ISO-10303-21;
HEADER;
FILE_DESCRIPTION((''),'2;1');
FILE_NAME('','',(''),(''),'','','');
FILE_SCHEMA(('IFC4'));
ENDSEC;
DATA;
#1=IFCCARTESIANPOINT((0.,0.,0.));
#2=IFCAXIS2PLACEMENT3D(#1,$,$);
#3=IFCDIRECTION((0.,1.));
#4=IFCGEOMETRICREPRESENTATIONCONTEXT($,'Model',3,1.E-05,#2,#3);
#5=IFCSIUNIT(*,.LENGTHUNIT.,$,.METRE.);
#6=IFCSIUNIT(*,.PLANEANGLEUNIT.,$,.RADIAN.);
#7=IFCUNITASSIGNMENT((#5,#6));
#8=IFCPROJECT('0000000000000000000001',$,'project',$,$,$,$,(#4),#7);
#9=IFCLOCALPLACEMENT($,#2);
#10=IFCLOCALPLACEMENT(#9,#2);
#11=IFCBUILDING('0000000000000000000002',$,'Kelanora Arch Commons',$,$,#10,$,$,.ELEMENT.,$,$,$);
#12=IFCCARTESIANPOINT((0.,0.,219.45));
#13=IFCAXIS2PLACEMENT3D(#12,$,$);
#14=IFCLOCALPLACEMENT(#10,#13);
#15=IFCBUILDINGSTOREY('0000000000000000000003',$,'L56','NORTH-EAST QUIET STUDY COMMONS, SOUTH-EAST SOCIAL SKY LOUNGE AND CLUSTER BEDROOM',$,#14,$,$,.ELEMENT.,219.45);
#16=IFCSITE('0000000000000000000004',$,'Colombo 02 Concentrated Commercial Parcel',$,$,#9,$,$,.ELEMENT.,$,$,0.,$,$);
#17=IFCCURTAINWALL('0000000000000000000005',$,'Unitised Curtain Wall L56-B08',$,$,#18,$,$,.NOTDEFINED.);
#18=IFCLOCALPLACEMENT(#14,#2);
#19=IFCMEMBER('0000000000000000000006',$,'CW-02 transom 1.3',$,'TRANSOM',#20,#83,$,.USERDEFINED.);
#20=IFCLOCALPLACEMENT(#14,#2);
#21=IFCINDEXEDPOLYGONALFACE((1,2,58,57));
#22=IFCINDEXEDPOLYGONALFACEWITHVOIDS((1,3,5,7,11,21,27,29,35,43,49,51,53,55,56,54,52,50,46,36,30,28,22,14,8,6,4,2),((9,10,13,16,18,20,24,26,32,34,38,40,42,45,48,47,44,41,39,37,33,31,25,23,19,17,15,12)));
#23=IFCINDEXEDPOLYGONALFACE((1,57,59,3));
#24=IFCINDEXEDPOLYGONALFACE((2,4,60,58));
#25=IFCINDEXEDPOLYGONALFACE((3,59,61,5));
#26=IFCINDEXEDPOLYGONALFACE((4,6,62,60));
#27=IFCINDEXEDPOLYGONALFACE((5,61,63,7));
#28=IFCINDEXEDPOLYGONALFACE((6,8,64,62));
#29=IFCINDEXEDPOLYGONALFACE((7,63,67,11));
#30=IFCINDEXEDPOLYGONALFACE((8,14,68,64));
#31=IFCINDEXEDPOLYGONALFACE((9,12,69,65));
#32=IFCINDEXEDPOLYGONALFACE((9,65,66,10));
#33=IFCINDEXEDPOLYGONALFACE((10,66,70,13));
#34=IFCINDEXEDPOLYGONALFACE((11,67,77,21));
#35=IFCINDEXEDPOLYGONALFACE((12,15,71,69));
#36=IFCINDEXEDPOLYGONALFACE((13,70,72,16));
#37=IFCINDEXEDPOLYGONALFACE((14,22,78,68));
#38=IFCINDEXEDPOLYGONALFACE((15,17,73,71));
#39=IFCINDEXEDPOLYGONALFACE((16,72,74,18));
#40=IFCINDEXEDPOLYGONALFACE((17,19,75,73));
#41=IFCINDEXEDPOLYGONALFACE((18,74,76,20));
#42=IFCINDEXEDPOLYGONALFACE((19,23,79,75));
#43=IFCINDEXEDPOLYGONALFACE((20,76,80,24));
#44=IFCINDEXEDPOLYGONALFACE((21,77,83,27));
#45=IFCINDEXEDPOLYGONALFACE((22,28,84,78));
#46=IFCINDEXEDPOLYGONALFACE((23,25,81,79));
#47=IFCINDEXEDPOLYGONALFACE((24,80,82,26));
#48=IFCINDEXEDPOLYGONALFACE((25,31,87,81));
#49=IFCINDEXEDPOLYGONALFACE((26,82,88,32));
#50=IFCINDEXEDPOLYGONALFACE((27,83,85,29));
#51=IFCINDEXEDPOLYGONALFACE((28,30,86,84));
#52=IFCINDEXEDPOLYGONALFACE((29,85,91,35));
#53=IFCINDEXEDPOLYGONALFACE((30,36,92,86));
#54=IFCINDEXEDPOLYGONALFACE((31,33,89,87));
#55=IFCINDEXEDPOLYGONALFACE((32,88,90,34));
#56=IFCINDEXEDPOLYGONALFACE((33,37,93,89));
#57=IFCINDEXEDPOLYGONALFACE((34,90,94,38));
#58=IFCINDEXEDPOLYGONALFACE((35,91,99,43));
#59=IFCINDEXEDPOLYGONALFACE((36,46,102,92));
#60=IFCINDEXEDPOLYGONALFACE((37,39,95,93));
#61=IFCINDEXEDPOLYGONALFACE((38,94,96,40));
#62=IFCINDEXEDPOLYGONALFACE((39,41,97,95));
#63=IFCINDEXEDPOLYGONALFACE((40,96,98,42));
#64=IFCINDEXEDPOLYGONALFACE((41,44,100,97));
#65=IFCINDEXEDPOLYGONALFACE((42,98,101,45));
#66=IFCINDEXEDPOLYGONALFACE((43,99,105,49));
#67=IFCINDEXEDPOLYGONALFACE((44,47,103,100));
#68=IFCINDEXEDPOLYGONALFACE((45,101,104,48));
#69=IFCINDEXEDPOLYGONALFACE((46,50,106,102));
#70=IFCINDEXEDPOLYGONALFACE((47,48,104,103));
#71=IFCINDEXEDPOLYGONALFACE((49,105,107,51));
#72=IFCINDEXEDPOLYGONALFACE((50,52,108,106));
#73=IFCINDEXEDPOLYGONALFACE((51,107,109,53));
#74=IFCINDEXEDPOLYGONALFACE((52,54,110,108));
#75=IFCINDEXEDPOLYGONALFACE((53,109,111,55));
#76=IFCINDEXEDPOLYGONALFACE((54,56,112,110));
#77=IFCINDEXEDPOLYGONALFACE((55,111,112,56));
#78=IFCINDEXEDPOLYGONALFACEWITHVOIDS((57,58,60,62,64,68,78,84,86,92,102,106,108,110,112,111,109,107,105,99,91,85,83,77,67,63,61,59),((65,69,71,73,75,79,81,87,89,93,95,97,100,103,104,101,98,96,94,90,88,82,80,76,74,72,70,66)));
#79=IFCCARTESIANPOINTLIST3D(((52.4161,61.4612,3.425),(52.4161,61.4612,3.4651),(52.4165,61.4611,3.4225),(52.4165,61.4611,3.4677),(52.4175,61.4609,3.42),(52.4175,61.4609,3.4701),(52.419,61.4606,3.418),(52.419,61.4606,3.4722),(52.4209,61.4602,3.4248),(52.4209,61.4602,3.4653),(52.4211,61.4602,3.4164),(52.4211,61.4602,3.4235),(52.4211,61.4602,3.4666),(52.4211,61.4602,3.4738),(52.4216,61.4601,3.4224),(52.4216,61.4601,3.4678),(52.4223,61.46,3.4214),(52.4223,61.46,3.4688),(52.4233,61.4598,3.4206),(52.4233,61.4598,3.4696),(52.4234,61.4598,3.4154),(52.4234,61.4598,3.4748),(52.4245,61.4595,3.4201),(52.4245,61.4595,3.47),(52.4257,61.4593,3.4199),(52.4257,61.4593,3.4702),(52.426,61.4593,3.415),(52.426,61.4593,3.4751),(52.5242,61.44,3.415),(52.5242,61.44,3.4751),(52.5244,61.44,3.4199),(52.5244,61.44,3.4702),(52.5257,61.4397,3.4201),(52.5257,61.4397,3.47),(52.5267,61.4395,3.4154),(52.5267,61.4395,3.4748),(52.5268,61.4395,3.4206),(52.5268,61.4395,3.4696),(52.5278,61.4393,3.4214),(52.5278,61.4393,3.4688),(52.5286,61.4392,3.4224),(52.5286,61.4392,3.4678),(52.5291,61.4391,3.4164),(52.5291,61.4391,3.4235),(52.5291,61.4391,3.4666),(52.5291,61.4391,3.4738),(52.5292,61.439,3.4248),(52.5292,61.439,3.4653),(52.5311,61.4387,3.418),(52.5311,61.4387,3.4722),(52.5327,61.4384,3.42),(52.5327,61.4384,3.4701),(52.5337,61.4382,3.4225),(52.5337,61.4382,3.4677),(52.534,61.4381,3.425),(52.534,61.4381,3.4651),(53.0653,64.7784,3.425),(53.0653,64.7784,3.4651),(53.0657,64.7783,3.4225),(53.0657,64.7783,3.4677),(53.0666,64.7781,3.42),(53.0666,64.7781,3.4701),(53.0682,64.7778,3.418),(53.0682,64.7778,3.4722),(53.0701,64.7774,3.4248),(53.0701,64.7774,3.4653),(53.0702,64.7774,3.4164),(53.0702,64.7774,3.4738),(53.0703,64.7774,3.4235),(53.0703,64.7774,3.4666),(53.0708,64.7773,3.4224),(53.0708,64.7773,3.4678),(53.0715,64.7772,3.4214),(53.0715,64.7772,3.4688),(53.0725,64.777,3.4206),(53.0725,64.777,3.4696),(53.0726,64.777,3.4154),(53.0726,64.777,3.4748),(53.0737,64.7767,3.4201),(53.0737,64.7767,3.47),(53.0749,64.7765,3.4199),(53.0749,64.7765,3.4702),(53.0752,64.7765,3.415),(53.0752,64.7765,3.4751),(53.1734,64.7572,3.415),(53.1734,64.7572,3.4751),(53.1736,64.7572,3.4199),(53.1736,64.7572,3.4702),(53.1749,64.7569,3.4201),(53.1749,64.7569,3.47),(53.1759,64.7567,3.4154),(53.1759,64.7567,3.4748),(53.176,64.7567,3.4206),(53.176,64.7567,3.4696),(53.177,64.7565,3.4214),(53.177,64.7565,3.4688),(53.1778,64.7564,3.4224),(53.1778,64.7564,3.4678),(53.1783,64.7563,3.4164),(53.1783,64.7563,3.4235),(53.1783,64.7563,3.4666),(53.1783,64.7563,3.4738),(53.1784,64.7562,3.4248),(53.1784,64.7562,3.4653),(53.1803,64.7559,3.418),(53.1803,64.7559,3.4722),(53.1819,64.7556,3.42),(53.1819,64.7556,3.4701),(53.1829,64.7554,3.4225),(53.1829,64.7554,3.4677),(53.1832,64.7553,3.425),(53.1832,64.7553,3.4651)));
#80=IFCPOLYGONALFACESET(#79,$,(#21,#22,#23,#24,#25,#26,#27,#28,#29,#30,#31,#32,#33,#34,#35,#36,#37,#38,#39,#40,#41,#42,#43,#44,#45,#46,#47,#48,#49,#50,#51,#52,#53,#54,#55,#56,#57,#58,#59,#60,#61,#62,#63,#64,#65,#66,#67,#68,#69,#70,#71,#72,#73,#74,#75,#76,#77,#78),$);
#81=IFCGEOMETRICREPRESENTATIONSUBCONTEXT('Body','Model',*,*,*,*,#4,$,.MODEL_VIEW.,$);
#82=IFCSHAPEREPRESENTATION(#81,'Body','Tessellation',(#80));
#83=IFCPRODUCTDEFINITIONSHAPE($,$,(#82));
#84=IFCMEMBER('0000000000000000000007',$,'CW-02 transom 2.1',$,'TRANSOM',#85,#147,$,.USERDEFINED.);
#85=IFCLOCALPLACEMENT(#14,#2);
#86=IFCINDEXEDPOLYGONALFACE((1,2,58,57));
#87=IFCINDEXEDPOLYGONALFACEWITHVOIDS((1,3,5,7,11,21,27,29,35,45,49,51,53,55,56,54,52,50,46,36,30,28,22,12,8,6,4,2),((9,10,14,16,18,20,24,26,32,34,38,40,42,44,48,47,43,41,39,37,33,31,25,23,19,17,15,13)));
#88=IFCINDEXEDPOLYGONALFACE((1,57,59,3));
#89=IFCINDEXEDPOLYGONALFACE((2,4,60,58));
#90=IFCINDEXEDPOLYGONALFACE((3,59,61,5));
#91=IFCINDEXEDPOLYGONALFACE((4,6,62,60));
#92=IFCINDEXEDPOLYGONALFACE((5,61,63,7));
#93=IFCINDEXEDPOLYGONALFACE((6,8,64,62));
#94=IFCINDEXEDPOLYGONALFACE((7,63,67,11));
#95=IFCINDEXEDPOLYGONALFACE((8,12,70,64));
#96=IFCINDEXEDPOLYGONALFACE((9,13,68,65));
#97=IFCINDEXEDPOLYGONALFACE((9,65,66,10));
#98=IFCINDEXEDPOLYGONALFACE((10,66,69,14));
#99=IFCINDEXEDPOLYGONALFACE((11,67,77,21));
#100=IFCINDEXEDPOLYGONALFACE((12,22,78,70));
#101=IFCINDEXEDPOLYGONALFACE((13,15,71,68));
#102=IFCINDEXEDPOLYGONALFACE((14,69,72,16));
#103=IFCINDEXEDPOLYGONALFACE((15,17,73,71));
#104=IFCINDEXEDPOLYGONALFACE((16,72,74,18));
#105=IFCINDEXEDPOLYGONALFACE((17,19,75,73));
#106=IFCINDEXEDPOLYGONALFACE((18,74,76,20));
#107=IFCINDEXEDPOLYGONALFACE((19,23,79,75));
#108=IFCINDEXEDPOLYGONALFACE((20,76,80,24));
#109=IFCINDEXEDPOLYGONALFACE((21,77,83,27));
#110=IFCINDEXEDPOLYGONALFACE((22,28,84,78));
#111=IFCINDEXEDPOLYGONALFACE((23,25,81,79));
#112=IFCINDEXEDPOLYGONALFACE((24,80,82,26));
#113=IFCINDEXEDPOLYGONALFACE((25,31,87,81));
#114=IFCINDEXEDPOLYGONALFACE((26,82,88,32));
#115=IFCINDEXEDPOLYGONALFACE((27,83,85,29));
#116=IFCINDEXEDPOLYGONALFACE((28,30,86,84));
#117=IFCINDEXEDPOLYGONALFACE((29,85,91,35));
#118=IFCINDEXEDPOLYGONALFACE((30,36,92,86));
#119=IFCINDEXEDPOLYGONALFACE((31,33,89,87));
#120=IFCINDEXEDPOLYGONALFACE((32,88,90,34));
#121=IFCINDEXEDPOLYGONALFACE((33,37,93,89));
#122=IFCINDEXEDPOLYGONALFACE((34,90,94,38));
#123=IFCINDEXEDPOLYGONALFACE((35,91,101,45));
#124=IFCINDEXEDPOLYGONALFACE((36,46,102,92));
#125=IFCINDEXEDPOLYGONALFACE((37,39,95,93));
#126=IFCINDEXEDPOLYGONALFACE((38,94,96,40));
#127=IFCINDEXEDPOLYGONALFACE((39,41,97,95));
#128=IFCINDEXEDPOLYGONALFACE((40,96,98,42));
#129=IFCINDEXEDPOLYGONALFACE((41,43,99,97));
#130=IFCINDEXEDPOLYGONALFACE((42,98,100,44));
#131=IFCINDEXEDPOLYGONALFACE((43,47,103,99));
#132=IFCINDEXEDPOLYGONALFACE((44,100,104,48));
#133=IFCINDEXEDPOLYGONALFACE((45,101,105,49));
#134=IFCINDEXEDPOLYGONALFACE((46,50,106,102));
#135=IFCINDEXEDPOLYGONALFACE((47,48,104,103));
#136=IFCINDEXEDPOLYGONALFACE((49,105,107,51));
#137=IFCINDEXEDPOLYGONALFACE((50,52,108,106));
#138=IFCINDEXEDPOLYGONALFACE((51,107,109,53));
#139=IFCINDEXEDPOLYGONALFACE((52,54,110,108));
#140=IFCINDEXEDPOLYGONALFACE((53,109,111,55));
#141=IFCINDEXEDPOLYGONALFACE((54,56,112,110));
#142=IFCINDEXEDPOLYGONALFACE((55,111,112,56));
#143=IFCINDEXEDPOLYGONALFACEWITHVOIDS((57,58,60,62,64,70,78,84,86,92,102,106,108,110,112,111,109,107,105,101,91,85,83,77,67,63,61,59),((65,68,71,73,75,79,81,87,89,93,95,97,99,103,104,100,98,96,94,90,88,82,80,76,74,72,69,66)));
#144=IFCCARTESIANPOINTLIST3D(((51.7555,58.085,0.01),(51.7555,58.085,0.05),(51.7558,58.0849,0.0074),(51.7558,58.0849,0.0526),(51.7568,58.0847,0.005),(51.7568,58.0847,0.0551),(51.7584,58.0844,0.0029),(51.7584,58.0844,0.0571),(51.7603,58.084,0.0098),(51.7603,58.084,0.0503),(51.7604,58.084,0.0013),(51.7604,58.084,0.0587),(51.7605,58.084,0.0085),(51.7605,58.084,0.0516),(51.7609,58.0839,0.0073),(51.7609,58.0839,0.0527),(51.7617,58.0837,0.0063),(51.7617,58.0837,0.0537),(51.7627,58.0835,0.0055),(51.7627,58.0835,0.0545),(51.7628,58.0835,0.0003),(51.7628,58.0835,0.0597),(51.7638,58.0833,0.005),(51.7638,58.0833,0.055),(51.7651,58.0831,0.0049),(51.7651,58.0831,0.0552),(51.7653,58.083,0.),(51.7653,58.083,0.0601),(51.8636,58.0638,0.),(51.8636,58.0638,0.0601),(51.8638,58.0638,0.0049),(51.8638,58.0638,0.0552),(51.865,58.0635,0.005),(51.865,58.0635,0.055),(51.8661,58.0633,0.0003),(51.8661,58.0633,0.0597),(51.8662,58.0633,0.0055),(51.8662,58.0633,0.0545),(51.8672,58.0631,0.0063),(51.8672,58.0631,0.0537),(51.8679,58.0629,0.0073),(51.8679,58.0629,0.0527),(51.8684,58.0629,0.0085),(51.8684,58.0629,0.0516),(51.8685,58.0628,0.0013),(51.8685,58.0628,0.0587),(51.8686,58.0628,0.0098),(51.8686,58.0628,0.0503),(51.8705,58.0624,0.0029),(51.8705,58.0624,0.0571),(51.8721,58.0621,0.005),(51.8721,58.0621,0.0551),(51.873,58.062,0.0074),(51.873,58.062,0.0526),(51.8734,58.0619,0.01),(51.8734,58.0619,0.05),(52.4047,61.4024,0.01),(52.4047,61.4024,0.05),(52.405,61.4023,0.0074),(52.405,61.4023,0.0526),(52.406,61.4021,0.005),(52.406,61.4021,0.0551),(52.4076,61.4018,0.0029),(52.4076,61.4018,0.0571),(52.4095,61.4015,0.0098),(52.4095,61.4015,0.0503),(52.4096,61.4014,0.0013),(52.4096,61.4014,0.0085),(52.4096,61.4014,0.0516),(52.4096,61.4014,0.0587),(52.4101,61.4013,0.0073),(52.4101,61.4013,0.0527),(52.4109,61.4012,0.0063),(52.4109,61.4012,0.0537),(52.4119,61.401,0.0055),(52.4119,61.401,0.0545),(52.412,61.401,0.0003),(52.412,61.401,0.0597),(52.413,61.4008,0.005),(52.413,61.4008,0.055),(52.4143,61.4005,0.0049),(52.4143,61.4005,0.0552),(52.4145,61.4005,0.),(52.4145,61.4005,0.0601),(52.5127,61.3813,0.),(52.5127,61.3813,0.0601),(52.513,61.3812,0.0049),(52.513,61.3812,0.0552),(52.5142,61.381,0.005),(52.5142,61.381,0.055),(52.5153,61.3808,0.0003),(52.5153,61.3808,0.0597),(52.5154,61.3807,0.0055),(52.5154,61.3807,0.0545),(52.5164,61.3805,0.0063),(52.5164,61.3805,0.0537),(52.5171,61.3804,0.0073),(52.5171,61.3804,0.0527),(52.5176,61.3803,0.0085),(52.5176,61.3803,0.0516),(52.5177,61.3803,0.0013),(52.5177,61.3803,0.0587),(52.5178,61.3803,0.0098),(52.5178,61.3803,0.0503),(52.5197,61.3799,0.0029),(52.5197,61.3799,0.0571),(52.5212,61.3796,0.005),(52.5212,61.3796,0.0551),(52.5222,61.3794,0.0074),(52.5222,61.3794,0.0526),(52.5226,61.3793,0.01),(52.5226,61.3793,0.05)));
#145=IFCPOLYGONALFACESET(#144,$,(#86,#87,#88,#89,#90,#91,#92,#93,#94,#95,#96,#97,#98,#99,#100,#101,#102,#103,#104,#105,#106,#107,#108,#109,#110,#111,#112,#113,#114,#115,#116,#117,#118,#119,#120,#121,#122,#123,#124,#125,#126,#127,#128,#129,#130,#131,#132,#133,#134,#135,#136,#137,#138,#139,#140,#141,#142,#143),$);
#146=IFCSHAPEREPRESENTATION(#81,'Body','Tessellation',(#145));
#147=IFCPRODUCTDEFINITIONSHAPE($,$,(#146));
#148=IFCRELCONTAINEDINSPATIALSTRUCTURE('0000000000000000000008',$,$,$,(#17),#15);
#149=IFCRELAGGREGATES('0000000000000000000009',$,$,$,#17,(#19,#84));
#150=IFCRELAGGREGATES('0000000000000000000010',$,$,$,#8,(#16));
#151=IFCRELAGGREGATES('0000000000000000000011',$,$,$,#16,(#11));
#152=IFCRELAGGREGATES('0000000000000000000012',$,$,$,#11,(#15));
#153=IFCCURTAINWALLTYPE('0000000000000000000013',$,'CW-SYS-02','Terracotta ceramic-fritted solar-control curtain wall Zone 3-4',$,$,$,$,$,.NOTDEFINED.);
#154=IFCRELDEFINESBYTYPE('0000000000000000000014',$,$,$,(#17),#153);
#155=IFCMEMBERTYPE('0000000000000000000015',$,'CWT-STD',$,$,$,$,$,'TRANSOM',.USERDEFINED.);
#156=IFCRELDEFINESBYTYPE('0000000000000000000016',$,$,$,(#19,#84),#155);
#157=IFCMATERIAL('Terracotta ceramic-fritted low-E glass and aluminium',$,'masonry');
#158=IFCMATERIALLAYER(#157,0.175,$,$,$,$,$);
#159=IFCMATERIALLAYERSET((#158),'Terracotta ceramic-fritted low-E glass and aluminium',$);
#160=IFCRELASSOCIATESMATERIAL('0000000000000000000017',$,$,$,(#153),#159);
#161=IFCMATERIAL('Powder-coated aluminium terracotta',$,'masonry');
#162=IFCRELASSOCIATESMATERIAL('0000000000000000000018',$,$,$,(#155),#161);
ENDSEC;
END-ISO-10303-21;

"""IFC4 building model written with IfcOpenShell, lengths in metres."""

from ifc_helpers import new_model, si_unit, direction, frame, origin, origin_2d, place, context, subcontext, project, spatial, hollow_rectangle, extrude, material, layer, layer_set, material_profile, profile_set, type_object, element, aggregate, save


model = new_model("IFC4")

# Units and contexts
model_context = context("Model", 3, precision=1e-05, world=origin(), true_north=direction((0.0, 1.0)))
body_context = subcontext(model_context, "Body", "Model", "MODEL_VIEW")
ifc_project = project(units=[si_unit("LENGTHUNIT", "METRE"), si_unit("PLANEANGLEUNIT", "RADIAN")], contexts=[model_context])

# Site, building, storey
site_placement = place(None, origin())
site = spatial("IfcSite", under=ifc_project, at=site_placement, Name="Colombo 02 Concentrated Commercial Parcel", CompositionType="ELEMENT", RefElevation=0.0)
building_placement = place(site_placement, origin())
building = spatial("IfcBuilding", under=site, at=building_placement, Name="Kelanora Arch Commons", CompositionType="ELEMENT")
storey_placement = place(building_placement, frame((0.0, 0.0, 219.45)))
storey = spatial("IfcBuildingStorey", under=building, at=storey_placement, Name="L56", Description="NORTH-EAST QUIET STUDY COMMONS, SOUTH-EAST SOCIAL SKY LOUNGE AND CLUSTER BEDROOM", CompositionType="ELEMENT", Elevation=219.45)

# Curtain wall, members
ifc_material_1 = material(Name="Terracotta ceramic-fritted low-E glass and aluminium", Category="masonry")
ifc_layer_1 = layer(ifc_material_1, 0.175)
ifc_layer_set_1 = layer_set([ifc_layer_1], Name="Terracotta ceramic-fritted low-E glass and aluminium")
curtain_wall_type = type_object("IfcCurtainWallType", Name="CW-SYS-02", Description="Terracotta ceramic-fritted solar-control curtain wall Zone 3-4", PredefinedType="NOTDEFINED", material=ifc_layer_set_1)
curtain_wall_placement = place(storey_placement, origin())
curtain_wall = element("IfcCurtainWall", 1, at=curtain_wall_placement, inside=storey, type_object=curtain_wall_type, Name="Unitised Curtain Wall L56-B08", PredefinedType="NOTDEFINED")
ifc_material_2 = material(Name="Powder-coated aluminium terracotta", Category="masonry")
ifc_material_profile_1 = material_profile(ifc_material_2, hollow_rectangle(XDim=0.1201, YDim=0.0601, WallThickness=0.0049, InnerFilletRadius=0.0049, OuterFilletRadius=0.01, at=origin_2d()), Name="CWT120x60")
ifc_profile_set_1 = profile_set([ifc_material_profile_1], Name="Powder-coated aluminium terracotta")
member_type_1 = type_object("IfcMemberType", Name="CWT-STD", ElementType="TRANSOM", PredefinedType="USERDEFINED", material=ifc_profile_set_1)
member_1_placement = place(storey_placement, frame((53.1243, 64.7668, 3.4451), z_axis=(-0.192058, -0.981383, 0.0), x_axis=(0.981383, -0.192058, 0.0)))
member_1 = element("IfcMember", 2, at=member_1_placement, type_object=member_type_1, Name="CW-02 transom 1.3", ObjectType="TRANSOM", PredefinedType="USERDEFINED", context=body_context, shape_type="SweptSolid", body=[
    extrude(hollow_rectangle(XDim=0.1201, YDim=0.0601, WallThickness=0.0049, InnerFilletRadius=0.0049, OuterFilletRadius=0.01, at=origin_2d()), origin(), (0.0, 0.0, 1.0), 3.3801),
])
member_2_placement = place(storey_placement, frame((52.4636, 61.3909, 0.03), z_axis=(-0.192045, -0.981386, 0.0), x_axis=(0.981386, -0.192045, 0.0)))
member_2 = element("IfcMember", 3, at=member_2_placement, type_object=member_type_1, Name="CW-02 transom 2.1", ObjectType="TRANSOM", PredefinedType="USERDEFINED", context=body_context, shape_type="SweptSolid", body=[
    extrude(hollow_rectangle(XDim=0.1201, YDim=0.0601, WallThickness=0.0049, InnerFilletRadius=0.0049, OuterFilletRadius=0.01, at=origin_2d()), origin(), (0.0, 0.0, 1.0), 3.3804),
])
aggregate(curtain_wall, [member_1, member_2])

save(model, "model.ifc")
